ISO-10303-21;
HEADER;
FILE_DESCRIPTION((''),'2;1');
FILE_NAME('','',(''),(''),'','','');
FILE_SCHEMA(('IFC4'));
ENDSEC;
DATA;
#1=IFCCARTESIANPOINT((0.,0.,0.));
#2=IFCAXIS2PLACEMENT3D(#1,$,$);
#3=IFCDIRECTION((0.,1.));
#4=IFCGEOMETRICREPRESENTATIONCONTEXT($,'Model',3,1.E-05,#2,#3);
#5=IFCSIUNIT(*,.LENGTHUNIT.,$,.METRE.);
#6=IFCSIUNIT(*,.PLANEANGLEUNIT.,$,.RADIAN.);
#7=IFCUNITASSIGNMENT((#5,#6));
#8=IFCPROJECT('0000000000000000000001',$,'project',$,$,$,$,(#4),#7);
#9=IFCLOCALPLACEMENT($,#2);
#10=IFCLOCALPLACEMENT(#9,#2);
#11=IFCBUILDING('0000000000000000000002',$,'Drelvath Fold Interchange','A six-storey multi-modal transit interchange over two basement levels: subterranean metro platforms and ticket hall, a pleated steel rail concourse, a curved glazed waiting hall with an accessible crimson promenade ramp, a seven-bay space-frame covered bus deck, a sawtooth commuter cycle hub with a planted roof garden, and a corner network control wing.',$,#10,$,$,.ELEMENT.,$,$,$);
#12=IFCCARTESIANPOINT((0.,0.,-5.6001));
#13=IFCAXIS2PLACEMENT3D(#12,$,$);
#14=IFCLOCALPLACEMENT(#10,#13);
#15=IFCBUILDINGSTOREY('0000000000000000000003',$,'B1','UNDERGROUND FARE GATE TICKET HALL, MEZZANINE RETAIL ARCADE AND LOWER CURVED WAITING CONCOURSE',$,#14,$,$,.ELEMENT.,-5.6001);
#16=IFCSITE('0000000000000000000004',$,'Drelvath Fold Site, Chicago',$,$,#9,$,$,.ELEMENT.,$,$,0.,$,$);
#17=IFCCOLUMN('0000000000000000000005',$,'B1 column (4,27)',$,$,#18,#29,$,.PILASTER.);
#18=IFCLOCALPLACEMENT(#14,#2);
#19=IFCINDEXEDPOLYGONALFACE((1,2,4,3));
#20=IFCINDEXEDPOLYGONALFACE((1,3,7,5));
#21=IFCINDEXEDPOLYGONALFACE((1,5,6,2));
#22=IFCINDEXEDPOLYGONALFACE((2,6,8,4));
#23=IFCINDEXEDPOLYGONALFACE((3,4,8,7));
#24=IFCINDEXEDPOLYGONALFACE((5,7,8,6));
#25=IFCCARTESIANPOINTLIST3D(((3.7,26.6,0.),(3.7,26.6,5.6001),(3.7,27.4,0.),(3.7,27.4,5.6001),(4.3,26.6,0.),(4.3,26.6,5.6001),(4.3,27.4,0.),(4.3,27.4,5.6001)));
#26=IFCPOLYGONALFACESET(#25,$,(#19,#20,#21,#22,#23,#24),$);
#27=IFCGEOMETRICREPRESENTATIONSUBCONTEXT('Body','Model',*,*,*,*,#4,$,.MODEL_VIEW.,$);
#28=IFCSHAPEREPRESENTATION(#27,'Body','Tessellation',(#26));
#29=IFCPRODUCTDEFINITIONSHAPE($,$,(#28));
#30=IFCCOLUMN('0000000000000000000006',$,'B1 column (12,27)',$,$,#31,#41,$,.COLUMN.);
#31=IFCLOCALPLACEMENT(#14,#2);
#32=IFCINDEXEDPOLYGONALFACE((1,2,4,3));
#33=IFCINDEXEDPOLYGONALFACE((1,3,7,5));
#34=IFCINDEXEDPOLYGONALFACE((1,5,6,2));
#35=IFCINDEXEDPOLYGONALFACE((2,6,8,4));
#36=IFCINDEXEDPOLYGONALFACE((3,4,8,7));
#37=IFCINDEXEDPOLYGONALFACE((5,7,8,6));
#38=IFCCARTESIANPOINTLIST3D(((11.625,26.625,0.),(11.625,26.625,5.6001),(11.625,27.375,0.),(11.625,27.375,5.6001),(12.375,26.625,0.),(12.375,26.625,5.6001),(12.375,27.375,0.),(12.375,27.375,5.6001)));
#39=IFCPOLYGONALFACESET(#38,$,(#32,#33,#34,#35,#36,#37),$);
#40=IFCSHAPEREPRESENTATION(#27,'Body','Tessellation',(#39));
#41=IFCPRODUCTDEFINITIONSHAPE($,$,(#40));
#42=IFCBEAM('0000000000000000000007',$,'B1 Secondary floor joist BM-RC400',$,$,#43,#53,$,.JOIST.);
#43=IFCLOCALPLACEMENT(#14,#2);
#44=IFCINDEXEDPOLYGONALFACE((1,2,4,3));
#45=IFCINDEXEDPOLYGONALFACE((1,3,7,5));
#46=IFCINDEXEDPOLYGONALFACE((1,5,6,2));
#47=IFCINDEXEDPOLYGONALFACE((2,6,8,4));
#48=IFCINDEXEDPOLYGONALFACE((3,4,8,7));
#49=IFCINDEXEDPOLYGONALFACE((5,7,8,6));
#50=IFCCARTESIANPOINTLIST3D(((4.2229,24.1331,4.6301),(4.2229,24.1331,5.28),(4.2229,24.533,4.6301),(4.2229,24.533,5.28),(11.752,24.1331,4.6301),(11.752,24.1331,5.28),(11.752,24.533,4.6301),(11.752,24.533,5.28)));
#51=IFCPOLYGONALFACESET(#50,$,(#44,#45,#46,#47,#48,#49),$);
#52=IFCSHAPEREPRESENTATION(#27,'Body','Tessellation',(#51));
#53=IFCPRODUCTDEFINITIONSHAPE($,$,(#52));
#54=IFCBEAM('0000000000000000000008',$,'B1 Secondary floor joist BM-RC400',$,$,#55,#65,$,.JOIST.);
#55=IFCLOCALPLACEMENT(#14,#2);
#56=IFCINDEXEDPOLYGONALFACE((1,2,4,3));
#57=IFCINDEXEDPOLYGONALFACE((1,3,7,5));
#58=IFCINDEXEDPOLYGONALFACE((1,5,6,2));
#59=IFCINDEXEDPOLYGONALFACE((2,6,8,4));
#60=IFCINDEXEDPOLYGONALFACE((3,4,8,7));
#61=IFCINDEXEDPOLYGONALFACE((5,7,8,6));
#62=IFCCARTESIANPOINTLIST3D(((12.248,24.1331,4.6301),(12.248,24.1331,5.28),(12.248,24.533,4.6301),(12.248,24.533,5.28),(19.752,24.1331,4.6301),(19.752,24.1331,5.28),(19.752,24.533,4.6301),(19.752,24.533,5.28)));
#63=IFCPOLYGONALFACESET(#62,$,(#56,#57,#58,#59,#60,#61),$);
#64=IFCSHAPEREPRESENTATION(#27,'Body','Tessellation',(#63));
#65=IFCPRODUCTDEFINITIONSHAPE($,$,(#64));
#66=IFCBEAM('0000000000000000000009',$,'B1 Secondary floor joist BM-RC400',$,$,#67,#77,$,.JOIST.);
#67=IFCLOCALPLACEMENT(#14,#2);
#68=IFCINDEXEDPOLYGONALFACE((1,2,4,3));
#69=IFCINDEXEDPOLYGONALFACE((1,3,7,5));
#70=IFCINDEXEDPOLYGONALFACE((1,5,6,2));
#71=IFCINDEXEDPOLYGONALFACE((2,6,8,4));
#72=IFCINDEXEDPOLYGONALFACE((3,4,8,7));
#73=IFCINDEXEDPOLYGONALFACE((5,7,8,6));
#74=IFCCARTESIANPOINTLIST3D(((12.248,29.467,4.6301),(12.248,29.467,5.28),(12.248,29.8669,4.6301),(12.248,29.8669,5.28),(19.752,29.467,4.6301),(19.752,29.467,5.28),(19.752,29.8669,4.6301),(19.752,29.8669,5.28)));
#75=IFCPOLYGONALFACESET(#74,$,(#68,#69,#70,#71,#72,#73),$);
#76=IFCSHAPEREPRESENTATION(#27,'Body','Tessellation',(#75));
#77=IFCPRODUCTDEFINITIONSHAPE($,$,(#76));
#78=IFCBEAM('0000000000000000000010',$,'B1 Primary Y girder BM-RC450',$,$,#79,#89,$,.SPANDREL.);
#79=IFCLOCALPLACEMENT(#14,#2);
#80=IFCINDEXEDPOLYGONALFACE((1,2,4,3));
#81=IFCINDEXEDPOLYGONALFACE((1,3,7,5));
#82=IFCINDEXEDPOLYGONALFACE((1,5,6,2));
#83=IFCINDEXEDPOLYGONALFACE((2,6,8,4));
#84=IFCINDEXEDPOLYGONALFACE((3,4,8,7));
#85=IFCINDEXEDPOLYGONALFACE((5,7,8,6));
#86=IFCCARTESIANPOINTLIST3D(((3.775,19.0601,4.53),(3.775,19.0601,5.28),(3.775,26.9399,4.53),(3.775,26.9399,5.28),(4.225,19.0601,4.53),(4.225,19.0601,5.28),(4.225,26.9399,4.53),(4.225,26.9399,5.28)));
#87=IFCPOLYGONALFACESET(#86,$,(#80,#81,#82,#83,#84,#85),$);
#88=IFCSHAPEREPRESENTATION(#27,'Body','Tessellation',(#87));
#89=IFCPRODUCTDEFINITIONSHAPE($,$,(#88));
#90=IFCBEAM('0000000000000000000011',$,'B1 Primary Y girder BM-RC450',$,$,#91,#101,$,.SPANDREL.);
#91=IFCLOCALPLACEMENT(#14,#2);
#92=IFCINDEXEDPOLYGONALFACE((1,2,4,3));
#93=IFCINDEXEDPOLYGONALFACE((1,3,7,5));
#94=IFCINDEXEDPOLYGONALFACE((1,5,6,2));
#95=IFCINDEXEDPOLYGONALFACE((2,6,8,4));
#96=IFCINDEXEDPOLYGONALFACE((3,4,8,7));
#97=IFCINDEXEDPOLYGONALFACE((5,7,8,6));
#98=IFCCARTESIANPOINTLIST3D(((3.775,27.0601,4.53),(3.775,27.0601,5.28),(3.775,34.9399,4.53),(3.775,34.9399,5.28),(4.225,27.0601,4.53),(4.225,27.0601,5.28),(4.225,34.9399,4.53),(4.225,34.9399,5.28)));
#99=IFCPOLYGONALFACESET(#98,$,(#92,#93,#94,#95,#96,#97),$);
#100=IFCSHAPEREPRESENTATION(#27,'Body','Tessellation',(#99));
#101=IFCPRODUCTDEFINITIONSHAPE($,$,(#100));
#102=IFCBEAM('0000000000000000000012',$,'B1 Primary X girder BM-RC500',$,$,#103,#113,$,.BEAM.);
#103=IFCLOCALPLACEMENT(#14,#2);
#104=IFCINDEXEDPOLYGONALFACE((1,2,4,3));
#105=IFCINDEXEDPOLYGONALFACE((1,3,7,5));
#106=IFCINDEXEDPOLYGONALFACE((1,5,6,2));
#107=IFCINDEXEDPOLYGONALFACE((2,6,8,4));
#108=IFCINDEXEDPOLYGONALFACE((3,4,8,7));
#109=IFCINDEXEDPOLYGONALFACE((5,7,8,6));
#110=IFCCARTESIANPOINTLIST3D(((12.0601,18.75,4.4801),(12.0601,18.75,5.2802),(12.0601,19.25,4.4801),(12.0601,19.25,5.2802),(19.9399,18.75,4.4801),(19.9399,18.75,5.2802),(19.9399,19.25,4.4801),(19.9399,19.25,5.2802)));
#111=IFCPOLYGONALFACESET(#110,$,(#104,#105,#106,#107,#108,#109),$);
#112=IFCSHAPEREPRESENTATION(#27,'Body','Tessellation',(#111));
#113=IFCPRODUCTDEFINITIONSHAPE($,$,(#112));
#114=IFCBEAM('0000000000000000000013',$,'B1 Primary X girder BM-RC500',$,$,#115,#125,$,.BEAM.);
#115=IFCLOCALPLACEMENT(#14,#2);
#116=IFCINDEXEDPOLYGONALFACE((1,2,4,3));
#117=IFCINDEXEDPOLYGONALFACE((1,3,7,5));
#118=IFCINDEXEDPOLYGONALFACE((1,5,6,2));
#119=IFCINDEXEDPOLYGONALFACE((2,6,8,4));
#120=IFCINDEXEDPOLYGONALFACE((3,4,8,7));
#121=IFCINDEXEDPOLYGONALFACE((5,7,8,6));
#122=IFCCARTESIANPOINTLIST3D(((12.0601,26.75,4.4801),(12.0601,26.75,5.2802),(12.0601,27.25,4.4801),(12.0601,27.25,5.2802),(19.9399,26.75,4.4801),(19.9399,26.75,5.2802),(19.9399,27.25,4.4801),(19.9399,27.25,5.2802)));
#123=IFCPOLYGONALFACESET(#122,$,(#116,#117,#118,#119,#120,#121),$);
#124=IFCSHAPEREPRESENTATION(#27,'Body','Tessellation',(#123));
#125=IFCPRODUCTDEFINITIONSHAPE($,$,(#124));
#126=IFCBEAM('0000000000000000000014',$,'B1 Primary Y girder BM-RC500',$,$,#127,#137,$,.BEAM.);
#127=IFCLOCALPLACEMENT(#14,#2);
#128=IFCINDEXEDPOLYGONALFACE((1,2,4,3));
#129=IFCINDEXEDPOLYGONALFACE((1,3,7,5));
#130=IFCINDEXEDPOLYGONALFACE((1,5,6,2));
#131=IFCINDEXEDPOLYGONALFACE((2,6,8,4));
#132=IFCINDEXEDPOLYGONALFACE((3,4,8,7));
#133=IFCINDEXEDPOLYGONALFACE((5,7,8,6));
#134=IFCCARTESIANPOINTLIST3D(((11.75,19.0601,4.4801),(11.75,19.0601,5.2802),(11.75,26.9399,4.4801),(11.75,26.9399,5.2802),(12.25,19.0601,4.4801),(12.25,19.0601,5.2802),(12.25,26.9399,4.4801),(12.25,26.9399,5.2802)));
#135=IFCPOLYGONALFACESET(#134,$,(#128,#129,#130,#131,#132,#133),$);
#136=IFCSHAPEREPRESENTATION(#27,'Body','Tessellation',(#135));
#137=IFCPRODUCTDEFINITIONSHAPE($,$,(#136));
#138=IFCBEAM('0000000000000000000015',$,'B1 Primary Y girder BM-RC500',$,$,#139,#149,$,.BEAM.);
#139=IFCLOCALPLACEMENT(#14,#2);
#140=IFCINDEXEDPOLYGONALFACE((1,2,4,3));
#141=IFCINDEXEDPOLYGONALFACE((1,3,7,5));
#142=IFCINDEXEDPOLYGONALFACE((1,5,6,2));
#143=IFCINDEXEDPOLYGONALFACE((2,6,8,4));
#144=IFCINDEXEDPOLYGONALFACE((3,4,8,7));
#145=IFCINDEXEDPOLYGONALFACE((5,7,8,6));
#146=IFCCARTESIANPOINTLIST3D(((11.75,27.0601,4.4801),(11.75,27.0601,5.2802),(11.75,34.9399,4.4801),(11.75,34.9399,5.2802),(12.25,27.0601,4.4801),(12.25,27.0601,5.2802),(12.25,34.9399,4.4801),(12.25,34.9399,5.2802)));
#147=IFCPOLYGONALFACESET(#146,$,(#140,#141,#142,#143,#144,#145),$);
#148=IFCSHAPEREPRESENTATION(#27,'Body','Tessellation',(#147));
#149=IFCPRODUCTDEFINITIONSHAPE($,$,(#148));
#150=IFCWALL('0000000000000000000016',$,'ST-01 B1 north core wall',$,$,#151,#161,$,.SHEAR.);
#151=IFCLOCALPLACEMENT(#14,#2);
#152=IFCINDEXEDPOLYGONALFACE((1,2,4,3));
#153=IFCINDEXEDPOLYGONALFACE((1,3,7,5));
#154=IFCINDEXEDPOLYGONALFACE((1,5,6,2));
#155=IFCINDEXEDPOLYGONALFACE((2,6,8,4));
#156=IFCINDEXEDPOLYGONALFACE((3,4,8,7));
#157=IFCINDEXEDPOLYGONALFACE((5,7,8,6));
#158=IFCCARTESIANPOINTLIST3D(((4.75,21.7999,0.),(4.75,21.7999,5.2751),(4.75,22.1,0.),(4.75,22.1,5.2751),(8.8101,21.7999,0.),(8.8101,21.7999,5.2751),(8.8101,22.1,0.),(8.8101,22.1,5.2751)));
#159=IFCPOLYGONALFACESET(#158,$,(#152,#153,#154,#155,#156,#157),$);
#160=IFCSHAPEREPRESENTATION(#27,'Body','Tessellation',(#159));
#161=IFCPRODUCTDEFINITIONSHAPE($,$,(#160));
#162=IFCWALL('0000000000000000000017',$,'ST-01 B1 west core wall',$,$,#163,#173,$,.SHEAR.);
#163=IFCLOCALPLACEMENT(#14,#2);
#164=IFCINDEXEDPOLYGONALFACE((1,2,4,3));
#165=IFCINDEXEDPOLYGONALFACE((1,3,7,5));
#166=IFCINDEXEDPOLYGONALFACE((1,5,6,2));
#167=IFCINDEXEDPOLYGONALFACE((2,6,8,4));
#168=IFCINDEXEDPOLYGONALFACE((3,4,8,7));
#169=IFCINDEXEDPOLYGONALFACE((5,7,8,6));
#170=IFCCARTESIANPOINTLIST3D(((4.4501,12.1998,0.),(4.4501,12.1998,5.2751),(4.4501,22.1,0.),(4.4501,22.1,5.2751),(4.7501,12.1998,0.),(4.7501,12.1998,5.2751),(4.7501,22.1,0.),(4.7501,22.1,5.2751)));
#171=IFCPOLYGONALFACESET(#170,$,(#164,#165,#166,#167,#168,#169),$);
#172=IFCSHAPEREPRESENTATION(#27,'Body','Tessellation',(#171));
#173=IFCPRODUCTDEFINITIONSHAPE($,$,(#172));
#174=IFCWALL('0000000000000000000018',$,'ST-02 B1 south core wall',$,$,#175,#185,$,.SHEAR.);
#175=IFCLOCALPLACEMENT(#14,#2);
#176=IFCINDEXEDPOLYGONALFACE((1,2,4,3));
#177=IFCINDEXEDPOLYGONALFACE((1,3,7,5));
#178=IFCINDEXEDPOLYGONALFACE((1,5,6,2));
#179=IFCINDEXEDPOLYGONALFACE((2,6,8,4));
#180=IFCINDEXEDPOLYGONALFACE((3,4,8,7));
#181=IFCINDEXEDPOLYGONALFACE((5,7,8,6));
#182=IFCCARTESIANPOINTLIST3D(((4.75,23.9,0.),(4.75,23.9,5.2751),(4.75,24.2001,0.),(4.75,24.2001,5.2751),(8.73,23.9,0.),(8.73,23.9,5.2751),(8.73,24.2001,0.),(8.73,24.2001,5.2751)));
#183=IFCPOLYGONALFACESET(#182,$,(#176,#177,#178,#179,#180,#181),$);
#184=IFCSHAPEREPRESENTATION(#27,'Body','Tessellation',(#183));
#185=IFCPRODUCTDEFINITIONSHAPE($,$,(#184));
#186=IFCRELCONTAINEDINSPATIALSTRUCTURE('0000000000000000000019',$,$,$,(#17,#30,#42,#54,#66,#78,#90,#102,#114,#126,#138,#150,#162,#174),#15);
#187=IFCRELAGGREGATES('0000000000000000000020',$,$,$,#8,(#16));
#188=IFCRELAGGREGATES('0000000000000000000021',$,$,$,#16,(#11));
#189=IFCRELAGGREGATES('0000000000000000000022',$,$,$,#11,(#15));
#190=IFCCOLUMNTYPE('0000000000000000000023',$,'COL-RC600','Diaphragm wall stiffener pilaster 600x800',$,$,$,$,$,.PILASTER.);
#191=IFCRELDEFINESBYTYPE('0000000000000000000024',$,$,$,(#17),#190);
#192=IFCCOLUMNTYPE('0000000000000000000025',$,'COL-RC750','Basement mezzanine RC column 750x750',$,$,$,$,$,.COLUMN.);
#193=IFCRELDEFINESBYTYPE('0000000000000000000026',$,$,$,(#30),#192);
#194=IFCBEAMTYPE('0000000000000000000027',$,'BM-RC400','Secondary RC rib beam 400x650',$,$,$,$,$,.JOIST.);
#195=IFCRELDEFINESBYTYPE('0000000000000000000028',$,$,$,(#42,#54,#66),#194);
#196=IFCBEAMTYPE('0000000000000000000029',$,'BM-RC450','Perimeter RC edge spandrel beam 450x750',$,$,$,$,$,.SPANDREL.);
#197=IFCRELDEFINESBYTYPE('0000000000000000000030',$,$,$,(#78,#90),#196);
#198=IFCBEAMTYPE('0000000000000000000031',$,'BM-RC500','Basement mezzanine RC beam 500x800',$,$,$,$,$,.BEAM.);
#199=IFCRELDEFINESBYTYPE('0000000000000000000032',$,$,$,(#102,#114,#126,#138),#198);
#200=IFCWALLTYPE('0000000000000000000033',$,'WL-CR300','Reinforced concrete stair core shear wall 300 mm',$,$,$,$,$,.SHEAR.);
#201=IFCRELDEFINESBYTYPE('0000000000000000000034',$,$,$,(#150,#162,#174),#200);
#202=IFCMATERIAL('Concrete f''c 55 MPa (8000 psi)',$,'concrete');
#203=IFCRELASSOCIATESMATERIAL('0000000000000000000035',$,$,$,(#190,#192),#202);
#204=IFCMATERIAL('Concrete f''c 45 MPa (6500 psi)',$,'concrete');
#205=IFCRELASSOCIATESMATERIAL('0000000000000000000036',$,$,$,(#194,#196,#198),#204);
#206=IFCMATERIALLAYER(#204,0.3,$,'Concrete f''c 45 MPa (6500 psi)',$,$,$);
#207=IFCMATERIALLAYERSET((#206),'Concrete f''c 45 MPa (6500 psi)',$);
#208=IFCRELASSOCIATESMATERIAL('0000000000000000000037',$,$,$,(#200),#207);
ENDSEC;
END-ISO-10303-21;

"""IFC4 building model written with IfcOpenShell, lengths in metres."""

from ifc_helpers import new_model, si_unit, direction, frame, frame_2d, origin, origin_2d, place, context, subcontext, project, spatial, rectangle, extrude, material, layer, layer_set, material_profile, profile_set, type_object, element, save


model = new_model("IFC4")

# Units and contexts
model_context = context("Model", 3, precision=1e-05, world=origin(), true_north=direction((0.0, 1.0)))
body_context = subcontext(model_context, "Body", "Model", "MODEL_VIEW")
ifc_project = project(units=[si_unit("LENGTHUNIT", "METRE"), si_unit("PLANEANGLEUNIT", "RADIAN")], contexts=[model_context])

# Site, building, storey
site_placement = place(None, origin())
site = spatial("IfcSite", under=ifc_project, at=site_placement, Name="Drelvath Fold Site, Chicago", CompositionType="ELEMENT", RefElevation=0.0)
building_placement = place(site_placement, origin())
building = spatial("IfcBuilding", under=site, at=building_placement, Name="Drelvath Fold Interchange", Description="A six-storey multi-modal transit interchange over two basement levels: subterranean metro platforms and ticket hall, a pleated steel rail concourse, a curved glazed waiting hall with an accessible crimson promenade ramp, a seven-bay space-frame covered bus deck, a sawtooth commuter cycle hub with a planted roof garden, and a corner network control wing.", CompositionType="ELEMENT")
storey_placement = place(building_placement, frame((0.0, 0.0, -5.6001)))
storey = spatial("IfcBuildingStorey", under=building, at=storey_placement, Name="B1", Description="UNDERGROUND FARE GATE TICKET HALL, MEZZANINE RETAIL ARCADE AND LOWER CURVED WAITING CONCOURSE", CompositionType="ELEMENT", Elevation=-5.6001)

# Columns
ifc_material_1 = material(Name="Concrete f'c 55 MPa (8000 psi)", Category="concrete")
ifc_material_profile_1 = material_profile(ifc_material_1, rectangle(XDim=0.6001, YDim=0.8, at=origin_2d()), Name="RC 600x800")
ifc_profile_set_1 = profile_set([ifc_material_profile_1], Name="Concrete f'c 55 MPa (8000 psi)")
column_type_1 = type_object("IfcColumnType", Name="COL-RC600", Description="Diaphragm wall stiffener pilaster 600x800", PredefinedType="PILASTER", material=ifc_profile_set_1)
column_1_placement = place(storey_placement, frame((4.0, 27.0, 0.0), z_axis=(0.0, 0.0, 1.0), x_axis=(1.0, 0.0, 0.0)))
element("IfcColumn", 1, at=column_1_placement, inside=storey, type_object=column_type_1, Name="B1 column (4,27)", PredefinedType="PILASTER", context=body_context, shape_type="SweptSolid", body=[
    extrude(rectangle(XDim=0.6001, YDim=0.8, at=origin_2d()), origin(), (0.0, 0.0, 1.0), 5.6001),
])
ifc_material_profile_2 = material_profile(ifc_material_1, rectangle(XDim=0.75, YDim=0.75, at=origin_2d()), Name="RC 750x750")
ifc_profile_set_2 = profile_set([ifc_material_profile_2], Name="Concrete f'c 55 MPa (8000 psi)")
column_type_2 = type_object("IfcColumnType", Name="COL-RC750", Description="Basement mezzanine RC column 750x750", PredefinedType="COLUMN", material=ifc_profile_set_2)
column_2_placement = place(storey_placement, frame((12.0, 27.0, 0.0), z_axis=(0.0, 0.0, 1.0), x_axis=(1.0, 0.0, 0.0)))
element("IfcColumn", 2, at=column_2_placement, inside=storey, type_object=column_type_2, Name="B1 column (12,27)", PredefinedType="COLUMN", context=body_context, shape_type="SweptSolid", body=[
    extrude(rectangle(XDim=0.75, YDim=0.75, at=origin_2d()), origin(), (0.0, 0.0, 1.0), 5.6001),
])

# Beams
ifc_material_2 = material(Name="Concrete f'c 45 MPa (6500 psi)", Category="concrete")
ifc_material_profile_3 = material_profile(ifc_material_2, rectangle(XDim=0.3999, YDim=0.6499, at=origin_2d()), Name="RC 400x650")
ifc_profile_set_3 = profile_set([ifc_material_profile_3], Name="Concrete f'c 45 MPa (6500 psi)")
beam_type_1 = type_object("IfcBeamType", Name="BM-RC400", Description="Secondary RC rib beam 400x650", PredefinedType="JOIST", material=ifc_profile_set_3)
beam_placement = place(storey_placement, frame((4.2229, 24.333, 4.9551), z_axis=(1.0, 0.0, 0.0), x_axis=(0.0, 1.0, 0.0)))
element("IfcBeam", 3, at=beam_placement, inside=storey, type_object=beam_type_1, Name="B1 Secondary floor joist BM-RC400", PredefinedType="JOIST", context=body_context, shape_type="SweptSolid", body=[
    extrude(rectangle(XDim=0.3999, YDim=0.6499, at=origin_2d()), origin(), (0.0, 0.0, 1.0), 7.5291),
])
for number, where, z_axis, x_axis, name in (
    (4, (12.248, 24.333, 4.9551), (1.0, 0.0, 0.0), (0.0, 1.0, 0.0), "B1 Secondary floor joist BM-RC400"),
    (5, (12.248, 29.667, 4.9551), (1.0, 0.0, 0.0), (0.0, 1.0, 0.0), "B1 Secondary floor joist BM-RC400"),
):
    element("IfcBeam", number, at=place(storey_placement, frame(where, z_axis=z_axis, x_axis=x_axis)), inside=storey, type_object=beam_type_1, Name=name, PredefinedType="JOIST", context=body_context, shape_type="SweptSolid", body=[
        extrude(rectangle(XDim=0.3999, YDim=0.6499, at=origin_2d()), origin(), (0.0, 0.0, 1.0), 7.5039),
    ])
ifc_material_profile_4 = material_profile(ifc_material_2, rectangle(XDim=0.45, YDim=0.75, at=origin_2d()), Name="RC 450x750")
ifc_profile_set_4 = profile_set([ifc_material_profile_4], Name="Concrete f'c 45 MPa (6500 psi)")
beam_type_2 = type_object("IfcBeamType", Name="BM-RC450", Description="Perimeter RC edge spandrel beam 450x750", PredefinedType="SPANDREL", material=ifc_profile_set_4)
for number, where, z_axis, x_axis, name in (
    (6, (4.0, 19.0601, 4.905), (0.0, 1.0, 0.0), (-1.0, 0.0, 0.0), "B1 Primary Y girder BM-RC450"),
    (7, (4.0, 27.0601, 4.905), (0.0, 1.0, 0.0), (-1.0, 0.0, 0.0), "B1 Primary Y girder BM-RC450"),
):
    element("IfcBeam", number, at=place(storey_placement, frame(where, z_axis=z_axis, x_axis=x_axis)), inside=storey, type_object=beam_type_2, Name=name, PredefinedType="SPANDREL", context=body_context, shape_type="SweptSolid", body=[
        extrude(rectangle(XDim=0.45, YDim=0.75, at=origin_2d()), origin(), (0.0, 0.0, 1.0), 7.8799),
    ])
ifc_material_profile_5 = material_profile(ifc_material_2, rectangle(XDim=0.5, YDim=0.8, at=origin_2d()), Name="RC 500x800")
ifc_profile_set_5 = profile_set([ifc_material_profile_5], Name="Concrete f'c 45 MPa (6500 psi)")
beam_type_3 = type_object("IfcBeamType", Name="BM-RC500", Description="Basement mezzanine RC beam 500x800", PredefinedType="BEAM", material=ifc_profile_set_5)
for number, where, z_axis, x_axis, name in (
    (8, (12.0601, 19.0, 4.8801), (1.0, 0.0, 0.0), (0.0, 1.0, 0.0), "B1 Primary X girder BM-RC500"),
    (9, (12.0601, 27.0, 4.8801), (1.0, 0.0, 0.0), (0.0, 1.0, 0.0), "B1 Primary X girder BM-RC500"),
    (10, (12.0, 19.0601, 4.8801), (0.0, 1.0, 0.0), (-1.0, 0.0, 0.0), "B1 Primary Y girder BM-RC500"),
    (11, (12.0, 27.0601, 4.8801), (0.0, 1.0, 0.0), (-1.0, 0.0, 0.0), "B1 Primary Y girder BM-RC500"),
):
    element("IfcBeam", number, at=place(storey_placement, frame(where, z_axis=z_axis, x_axis=x_axis)), inside=storey, type_object=beam_type_3, Name=name, PredefinedType="BEAM", context=body_context, shape_type="SweptSolid", body=[
        extrude(rectangle(XDim=0.5, YDim=0.8, at=origin_2d()), origin(), (0.0, 0.0, 1.0), 7.8799),
    ])

# Walls
ifc_layer_1 = layer(ifc_material_2, 0.3, Name="Concrete f'c 45 MPa (6500 psi)")
ifc_layer_set_1 = layer_set([ifc_layer_1], Name="Concrete f'c 45 MPa (6500 psi)")
wall_type_1 = type_object("IfcWallType", Name="WL-CR300", Description="Reinforced concrete stair core shear wall 300 mm", PredefinedType="SHEAR", material=ifc_layer_set_1)
wall_1_placement = place(storey_placement, frame((8.8101, 21.95, 0.0), z_axis=(0.0, 0.0, 1.0), x_axis=(-1.0, 0.0, 0.0)))
element("IfcWall", 12, at=wall_1_placement, inside=storey, type_object=wall_type_1, Name="ST-01 B1 north core wall", PredefinedType="SHEAR", context=body_context, shape_type="SweptSolid", body=[
    extrude(rectangle(XDim=4.0601, YDim=0.3, at=frame_2d((2.03, 0.0))), origin(), (0.0, 0.0, 1.0), 5.2751),
])
wall_2_placement = place(storey_placement, frame((4.6001, 22.1001, 0.0), z_axis=(0.0, 0.0, 1.0), x_axis=(0.0, -1.0, 0.0)))
element("IfcWall", 13, at=wall_2_placement, inside=storey, type_object=wall_type_1, Name="ST-01 B1 west core wall", PredefinedType="SHEAR", context=body_context, shape_type="SweptSolid", body=[
    extrude(rectangle(XDim=9.9001, YDim=0.3, at=frame_2d((4.9502, 0.0))), origin(), (0.0, 0.0, 1.0), 5.2751),
])
wall_3_placement = place(storey_placement, frame((4.75, 24.05, 0.0), z_axis=(0.0, 0.0, 1.0), x_axis=(1.0, 0.0, 0.0)))
element("IfcWall", 14, at=wall_3_placement, inside=storey, type_object=wall_type_1, Name="ST-02 B1 south core wall", PredefinedType="SHEAR", context=body_context, shape_type="SweptSolid", body=[
    extrude(rectangle(XDim=3.98, YDim=0.3, at=frame_2d((1.99, 0.0))), origin(), (0.0, 0.0, 1.0), 5.2751),
])

save(model, "model.ifc")
